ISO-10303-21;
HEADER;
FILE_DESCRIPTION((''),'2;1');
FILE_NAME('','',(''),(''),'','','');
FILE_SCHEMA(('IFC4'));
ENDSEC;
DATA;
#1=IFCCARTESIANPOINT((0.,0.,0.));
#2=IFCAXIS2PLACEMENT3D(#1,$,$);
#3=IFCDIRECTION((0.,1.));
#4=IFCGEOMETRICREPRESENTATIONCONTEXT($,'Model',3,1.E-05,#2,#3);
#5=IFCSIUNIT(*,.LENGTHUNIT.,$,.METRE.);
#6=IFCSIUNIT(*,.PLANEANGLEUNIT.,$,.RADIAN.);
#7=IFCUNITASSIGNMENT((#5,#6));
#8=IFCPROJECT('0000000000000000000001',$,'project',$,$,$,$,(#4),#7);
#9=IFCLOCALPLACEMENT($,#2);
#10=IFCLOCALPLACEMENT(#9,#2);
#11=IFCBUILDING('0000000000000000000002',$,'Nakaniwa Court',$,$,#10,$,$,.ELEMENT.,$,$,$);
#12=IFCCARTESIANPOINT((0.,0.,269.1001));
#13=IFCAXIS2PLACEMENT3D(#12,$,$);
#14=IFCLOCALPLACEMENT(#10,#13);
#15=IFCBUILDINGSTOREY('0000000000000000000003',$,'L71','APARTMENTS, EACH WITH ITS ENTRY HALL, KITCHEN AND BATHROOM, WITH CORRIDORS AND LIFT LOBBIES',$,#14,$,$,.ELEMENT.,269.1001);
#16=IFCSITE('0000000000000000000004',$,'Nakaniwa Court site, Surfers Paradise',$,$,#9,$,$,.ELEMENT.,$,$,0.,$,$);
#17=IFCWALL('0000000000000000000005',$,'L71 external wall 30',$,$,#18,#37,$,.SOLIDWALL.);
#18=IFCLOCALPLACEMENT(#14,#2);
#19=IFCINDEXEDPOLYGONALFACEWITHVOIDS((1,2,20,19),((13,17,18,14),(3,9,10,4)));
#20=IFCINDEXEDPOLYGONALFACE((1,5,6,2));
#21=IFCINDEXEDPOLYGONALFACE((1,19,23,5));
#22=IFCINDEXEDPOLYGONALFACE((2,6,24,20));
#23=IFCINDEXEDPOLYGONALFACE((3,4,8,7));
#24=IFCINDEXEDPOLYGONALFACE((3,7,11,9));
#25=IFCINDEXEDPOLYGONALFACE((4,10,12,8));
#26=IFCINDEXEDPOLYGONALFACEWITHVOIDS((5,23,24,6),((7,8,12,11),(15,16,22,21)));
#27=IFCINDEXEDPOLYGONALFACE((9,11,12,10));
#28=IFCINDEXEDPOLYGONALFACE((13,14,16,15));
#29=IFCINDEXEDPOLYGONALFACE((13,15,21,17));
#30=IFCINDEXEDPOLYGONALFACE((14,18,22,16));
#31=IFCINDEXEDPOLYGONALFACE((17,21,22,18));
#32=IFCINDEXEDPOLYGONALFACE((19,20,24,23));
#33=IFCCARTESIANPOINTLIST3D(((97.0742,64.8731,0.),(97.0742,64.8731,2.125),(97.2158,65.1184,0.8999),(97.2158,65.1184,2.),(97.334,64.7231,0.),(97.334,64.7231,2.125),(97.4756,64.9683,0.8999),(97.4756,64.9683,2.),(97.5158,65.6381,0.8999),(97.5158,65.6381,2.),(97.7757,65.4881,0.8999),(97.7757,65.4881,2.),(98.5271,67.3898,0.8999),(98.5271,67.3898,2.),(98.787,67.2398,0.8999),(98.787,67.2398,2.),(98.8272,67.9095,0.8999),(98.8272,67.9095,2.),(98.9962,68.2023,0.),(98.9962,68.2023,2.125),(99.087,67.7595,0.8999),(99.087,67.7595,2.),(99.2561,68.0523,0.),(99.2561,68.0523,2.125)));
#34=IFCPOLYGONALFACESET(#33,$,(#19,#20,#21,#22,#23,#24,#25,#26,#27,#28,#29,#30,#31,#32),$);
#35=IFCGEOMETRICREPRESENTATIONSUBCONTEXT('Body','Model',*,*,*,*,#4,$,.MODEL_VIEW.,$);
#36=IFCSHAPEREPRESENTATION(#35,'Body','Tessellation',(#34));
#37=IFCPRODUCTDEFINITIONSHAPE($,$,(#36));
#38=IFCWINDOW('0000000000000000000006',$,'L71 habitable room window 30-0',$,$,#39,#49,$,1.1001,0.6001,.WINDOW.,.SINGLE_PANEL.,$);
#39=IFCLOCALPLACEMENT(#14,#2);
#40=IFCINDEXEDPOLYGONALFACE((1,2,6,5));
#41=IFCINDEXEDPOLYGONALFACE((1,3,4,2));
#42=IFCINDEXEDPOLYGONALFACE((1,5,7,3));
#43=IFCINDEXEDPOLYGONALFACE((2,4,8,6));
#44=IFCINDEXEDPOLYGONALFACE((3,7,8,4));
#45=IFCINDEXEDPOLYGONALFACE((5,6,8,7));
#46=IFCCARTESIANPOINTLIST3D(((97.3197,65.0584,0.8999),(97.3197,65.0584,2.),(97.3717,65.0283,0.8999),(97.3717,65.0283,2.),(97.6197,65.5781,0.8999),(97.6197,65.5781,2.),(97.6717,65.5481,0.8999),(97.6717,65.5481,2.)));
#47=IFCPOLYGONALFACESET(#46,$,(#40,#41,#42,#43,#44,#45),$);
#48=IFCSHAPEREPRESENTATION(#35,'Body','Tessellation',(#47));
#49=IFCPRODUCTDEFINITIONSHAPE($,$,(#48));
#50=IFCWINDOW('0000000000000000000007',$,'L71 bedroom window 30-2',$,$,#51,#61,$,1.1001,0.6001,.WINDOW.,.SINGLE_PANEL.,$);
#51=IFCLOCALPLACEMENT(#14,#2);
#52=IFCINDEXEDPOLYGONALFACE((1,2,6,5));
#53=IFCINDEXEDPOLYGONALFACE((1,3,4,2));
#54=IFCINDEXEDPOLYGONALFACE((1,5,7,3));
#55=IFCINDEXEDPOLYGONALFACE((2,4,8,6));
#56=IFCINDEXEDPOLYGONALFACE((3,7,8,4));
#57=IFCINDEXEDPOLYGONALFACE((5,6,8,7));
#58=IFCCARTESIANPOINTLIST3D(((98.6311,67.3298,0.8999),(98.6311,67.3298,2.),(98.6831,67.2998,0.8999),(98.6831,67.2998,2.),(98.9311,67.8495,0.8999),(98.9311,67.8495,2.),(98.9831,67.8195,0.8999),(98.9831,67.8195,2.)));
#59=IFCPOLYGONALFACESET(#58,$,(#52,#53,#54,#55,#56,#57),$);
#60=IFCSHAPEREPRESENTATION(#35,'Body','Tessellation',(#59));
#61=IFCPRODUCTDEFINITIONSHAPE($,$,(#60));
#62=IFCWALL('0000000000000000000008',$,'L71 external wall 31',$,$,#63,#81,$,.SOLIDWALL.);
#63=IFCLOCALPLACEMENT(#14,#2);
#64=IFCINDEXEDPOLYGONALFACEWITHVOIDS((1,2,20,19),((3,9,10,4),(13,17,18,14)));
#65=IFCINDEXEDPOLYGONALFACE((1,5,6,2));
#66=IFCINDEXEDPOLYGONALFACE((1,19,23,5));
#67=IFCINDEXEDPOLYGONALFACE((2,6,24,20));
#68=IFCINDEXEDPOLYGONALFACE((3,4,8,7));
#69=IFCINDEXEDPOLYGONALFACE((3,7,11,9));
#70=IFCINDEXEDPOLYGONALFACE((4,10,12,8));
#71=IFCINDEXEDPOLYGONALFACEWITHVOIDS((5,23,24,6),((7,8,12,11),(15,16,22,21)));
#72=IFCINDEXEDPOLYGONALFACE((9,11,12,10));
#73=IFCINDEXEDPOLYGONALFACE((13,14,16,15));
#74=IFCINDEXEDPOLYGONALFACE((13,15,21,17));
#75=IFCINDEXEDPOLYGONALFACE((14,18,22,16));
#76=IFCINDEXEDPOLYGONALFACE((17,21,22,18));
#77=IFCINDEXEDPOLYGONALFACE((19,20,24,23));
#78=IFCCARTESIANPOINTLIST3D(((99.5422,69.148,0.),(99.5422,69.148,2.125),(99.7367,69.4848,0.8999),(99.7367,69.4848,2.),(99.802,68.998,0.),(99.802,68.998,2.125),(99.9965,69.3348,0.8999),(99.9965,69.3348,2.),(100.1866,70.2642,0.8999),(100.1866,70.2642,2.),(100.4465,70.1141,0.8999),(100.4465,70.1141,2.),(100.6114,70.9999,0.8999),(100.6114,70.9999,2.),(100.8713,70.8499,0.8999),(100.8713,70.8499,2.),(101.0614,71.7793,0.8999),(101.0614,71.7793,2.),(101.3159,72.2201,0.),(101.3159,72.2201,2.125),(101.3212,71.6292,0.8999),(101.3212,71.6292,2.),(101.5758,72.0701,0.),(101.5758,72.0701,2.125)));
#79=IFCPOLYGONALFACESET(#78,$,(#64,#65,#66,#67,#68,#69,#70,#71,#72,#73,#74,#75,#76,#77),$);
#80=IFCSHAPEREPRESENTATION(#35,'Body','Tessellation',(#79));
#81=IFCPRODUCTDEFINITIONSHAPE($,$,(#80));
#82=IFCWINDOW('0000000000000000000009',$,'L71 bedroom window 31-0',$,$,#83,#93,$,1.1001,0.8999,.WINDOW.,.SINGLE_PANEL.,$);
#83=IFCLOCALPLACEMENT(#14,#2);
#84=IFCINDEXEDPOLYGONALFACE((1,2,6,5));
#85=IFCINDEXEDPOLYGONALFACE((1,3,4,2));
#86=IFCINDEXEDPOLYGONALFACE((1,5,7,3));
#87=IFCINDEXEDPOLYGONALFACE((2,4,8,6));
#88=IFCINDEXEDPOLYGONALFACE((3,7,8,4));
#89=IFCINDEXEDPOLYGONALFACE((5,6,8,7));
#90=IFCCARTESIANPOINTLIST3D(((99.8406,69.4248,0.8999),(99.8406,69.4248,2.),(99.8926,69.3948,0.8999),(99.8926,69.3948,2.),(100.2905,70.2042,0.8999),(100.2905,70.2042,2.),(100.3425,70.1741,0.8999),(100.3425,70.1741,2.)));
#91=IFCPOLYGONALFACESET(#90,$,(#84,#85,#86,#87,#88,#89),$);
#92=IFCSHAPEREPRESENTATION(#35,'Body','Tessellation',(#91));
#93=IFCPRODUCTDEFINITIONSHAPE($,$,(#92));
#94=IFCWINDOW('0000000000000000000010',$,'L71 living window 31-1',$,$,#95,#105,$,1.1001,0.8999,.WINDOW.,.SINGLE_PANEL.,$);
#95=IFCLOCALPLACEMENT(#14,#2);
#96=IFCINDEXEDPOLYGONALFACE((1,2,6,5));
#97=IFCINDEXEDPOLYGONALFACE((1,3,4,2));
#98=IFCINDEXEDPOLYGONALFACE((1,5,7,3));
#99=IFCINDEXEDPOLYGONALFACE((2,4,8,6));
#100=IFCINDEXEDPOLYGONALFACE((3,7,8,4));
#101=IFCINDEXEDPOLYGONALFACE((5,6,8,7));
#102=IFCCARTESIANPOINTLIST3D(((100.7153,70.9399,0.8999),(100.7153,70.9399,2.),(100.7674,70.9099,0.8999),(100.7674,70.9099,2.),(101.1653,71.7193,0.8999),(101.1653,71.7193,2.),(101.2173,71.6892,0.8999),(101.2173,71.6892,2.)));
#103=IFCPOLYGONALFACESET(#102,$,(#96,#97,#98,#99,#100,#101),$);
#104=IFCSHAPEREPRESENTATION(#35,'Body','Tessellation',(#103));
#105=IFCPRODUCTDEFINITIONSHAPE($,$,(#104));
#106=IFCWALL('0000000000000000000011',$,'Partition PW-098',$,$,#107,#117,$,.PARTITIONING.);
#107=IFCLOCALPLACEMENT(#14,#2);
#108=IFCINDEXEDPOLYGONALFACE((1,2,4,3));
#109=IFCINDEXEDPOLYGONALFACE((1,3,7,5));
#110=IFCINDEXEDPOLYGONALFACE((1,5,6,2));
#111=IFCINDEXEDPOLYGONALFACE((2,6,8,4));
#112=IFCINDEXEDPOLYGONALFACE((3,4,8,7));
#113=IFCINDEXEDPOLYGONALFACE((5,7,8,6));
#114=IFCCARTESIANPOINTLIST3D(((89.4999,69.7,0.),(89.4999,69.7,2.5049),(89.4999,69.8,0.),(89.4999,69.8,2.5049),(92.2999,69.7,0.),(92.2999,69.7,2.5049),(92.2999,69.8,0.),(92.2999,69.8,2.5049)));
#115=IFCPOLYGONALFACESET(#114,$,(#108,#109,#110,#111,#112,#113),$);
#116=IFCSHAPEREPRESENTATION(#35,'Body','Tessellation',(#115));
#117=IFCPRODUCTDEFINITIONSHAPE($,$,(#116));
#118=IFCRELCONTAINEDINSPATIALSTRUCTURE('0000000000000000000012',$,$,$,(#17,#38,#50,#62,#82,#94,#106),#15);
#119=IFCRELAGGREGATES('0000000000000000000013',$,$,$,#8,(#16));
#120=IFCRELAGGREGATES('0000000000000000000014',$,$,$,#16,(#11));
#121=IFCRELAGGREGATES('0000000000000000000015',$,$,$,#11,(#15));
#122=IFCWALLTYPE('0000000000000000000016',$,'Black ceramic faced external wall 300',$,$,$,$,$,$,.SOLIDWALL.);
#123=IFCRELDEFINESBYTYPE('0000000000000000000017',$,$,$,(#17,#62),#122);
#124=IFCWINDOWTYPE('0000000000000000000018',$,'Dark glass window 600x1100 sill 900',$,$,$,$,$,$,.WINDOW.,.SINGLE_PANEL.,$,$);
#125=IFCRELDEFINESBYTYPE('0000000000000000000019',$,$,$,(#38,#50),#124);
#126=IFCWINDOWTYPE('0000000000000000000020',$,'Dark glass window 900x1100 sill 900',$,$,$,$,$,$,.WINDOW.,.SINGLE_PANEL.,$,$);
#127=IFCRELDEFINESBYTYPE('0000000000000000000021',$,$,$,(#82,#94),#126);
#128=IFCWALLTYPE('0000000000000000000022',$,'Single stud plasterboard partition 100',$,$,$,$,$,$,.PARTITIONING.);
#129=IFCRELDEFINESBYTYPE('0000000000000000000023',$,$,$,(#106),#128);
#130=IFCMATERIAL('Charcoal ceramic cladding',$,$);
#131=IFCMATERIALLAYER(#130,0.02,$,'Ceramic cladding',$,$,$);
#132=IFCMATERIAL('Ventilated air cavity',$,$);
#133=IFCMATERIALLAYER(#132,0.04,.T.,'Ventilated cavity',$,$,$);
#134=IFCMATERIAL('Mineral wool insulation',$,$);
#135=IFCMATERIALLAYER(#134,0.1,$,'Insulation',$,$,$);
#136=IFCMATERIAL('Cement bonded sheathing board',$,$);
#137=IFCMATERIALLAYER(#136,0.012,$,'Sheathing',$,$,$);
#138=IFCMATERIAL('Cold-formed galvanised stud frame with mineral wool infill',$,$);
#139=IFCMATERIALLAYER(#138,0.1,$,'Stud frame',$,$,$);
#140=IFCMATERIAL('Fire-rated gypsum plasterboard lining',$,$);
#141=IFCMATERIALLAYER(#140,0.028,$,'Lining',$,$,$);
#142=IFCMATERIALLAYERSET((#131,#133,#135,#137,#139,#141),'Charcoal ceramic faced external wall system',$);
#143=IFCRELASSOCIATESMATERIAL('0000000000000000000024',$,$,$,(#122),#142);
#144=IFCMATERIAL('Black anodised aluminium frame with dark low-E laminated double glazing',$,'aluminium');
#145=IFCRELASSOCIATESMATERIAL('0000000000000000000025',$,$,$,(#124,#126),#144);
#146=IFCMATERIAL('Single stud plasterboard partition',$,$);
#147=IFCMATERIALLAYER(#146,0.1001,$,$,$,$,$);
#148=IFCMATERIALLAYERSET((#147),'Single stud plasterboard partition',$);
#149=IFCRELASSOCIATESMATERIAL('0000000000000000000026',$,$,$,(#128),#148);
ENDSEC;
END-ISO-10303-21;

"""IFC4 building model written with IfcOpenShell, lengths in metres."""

from ifc_helpers import new_model, si_unit, direction, frame, frame_2d, origin, place, context, subcontext, project, spatial, rectangle, extrude, material, layer, layer_set, type_object, element, fill, save


model = new_model("IFC4")

# Units and contexts
model_context = context("Model", 3, precision=1e-05, world=origin(), true_north=direction((0.0, 1.0)))
body_context = subcontext(model_context, "Body", "Model", "MODEL_VIEW")
ifc_project = project(units=[si_unit("LENGTHUNIT", "METRE"), si_unit("PLANEANGLEUNIT", "RADIAN")], contexts=[model_context])

# Site, building, storey
site_placement = place(None, origin())
site = spatial("IfcSite", under=ifc_project, at=site_placement, Name="Nakaniwa Court site, Surfers Paradise", CompositionType="ELEMENT", RefElevation=0.0)
building_placement = place(site_placement, origin())
building = spatial("IfcBuilding", under=site, at=building_placement, Name="Nakaniwa Court", CompositionType="ELEMENT")
storey_placement = place(building_placement, frame((0.0, 0.0, 269.1001)))
storey = spatial("IfcBuildingStorey", under=building, at=storey_placement, Name="L71", Description="APARTMENTS, EACH WITH ITS ENTRY HALL, KITCHEN AND BATHROOM, WITH CORRIDORS AND LIFT LOBBIES", CompositionType="ELEMENT", Elevation=269.1001)

# Shared definitions
ifc_material_1 = material(Name="Charcoal ceramic cladding")
ifc_layer_1 = layer(ifc_material_1, 0.02, Name="Ceramic cladding")
ifc_material_2 = material(Name="Ventilated air cavity")
ifc_layer_2 = layer(ifc_material_2, 0.04, ventilated=True, Name="Ventilated cavity")
ifc_material_3 = material(Name="Mineral wool insulation")
ifc_layer_3 = layer(ifc_material_3, 0.1, Name="Insulation")
ifc_material_4 = material(Name="Cement bonded sheathing board")
ifc_layer_4 = layer(ifc_material_4, 0.012, Name="Sheathing")
ifc_material_5 = material(Name="Cold-formed galvanised stud frame with mineral wool infill")
ifc_layer_5 = layer(ifc_material_5, 0.1, Name="Stud frame")
ifc_material_6 = material(Name="Fire-rated gypsum plasterboard lining")
ifc_layer_6 = layer(ifc_material_6, 0.028, Name="Lining")
ifc_layer_set_1 = layer_set([ifc_layer_1, ifc_layer_2, ifc_layer_3, ifc_layer_4, ifc_layer_5, ifc_layer_6], Name="Charcoal ceramic faced external wall system")
wall_type_1 = type_object("IfcWallType", Name="Black ceramic faced external wall 300", PredefinedType="SOLIDWALL", material=ifc_layer_set_1)
ifc_material_7 = material(Name="Black anodised aluminium frame with dark low-E laminated double glazing", Category="aluminium")

# Walls, openings, windows
wall_1_placement = place(storey_placement, frame((97.2041, 64.7981, 0.0), z_axis=(0.0, 0.0, 1.0), x_axis=(0.499984, 0.866034, 0.0)))
wall_1 = element("IfcWall", 1, at=wall_1_placement, inside=storey, type_object=wall_type_1, Name="L71 external wall 30", PredefinedType="SOLIDWALL", context=body_context, shape_type="SweptSolid", body=[
    extrude(rectangle(XDim=3.8442, YDim=0.3, at=frame_2d((1.9221, 0.0))), origin(), (0.0, 0.0, 1.0), 2.125),
])
opening_1_placement = place(wall_1_placement, frame((0.2832, 0.0, 0.8999)))
opening_1 = element("IfcOpeningElement", 2, at=opening_1_placement, cuts=wall_1, PredefinedType="OPENING", context=body_context, shape_type="SweptSolid", body=[
    extrude(rectangle(XDim=0.6001, YDim=1.1001, at=frame_2d((0.3, 0.55))), frame((0.0, 0.1599, 0.0), z_axis=(0.0, -1.0, 0.0), x_axis=(1.0, 0.0, 0.0)), (0.0, 0.0, 1.0), 0.3201),
])
opening_2_placement = place(wall_1_placement, frame((2.906, 0.0, 0.8999)))
opening_2 = element("IfcOpeningElement", 3, at=opening_2_placement, cuts=wall_1, PredefinedType="OPENING", context=body_context, shape_type="SweptSolid", body=[
    extrude(rectangle(XDim=0.6001, YDim=1.1001, at=frame_2d((0.3, 0.55))), frame((0.0, 0.1599, 0.0), z_axis=(0.0, -1.0, 0.0), x_axis=(1.0, 0.0, 0.0)), (0.0, 0.0, 1.0), 0.3201),
])
window_type_1 = type_object("IfcWindowType", Name="Dark glass window 600x1100 sill 900", PartitioningType="SINGLE_PANEL", PredefinedType="WINDOW", material=ifc_material_7)
window_1_placement = place(opening_1_placement, origin())
window_1 = element("IfcWindow", 4, at=window_1_placement, inside=storey, type_object=window_type_1, Name="L71 habitable room window 30-0", OverallHeight=1.1001, OverallWidth=0.6001, PartitioningType="SINGLE_PANEL", PredefinedType="WINDOW", context=body_context, shape_type="SweptSolid", body=[
    extrude(rectangle(XDim=0.6001, YDim=1.1001, at=frame_2d((0.3, 0.55))), frame((0.0, 0.03, 0.0), z_axis=(0.0, -1.0, 0.0), x_axis=(1.0, 0.0, 0.0)), (0.0, 0.0, 1.0), 0.0601),
])
fill(opening_1, window_1)
window_2_placement = place(opening_2_placement, origin())
window_2 = element("IfcWindow", 5, at=window_2_placement, inside=storey, type_object=window_type_1, Name="L71 bedroom window 30-2", OverallHeight=1.1001, OverallWidth=0.6001, PartitioningType="SINGLE_PANEL", PredefinedType="WINDOW", context=body_context, shape_type="SweptSolid", body=[
    extrude(rectangle(XDim=0.6001, YDim=1.1001, at=frame_2d((0.3, 0.55))), frame((0.0, 0.03, 0.0), z_axis=(0.0, -1.0, 0.0), x_axis=(1.0, 0.0, 0.0)), (0.0, 0.0, 1.0), 0.0601),
])
fill(opening_2, window_2)
wall_2_placement = place(storey_placement, frame((99.6721, 69.073, 0.0), z_axis=(0.0, 0.0, 1.0), x_axis=(0.50001, 0.866019, 0.0)))
wall_2 = element("IfcWall", 6, at=wall_2_placement, inside=storey, type_object=wall_type_1, Name="L71 external wall 31", PredefinedType="SOLIDWALL", context=body_context, shape_type="SweptSolid", body=[
    extrude(rectangle(XDim=3.5474, YDim=0.3, at=frame_2d((1.7737, 0.0))), origin(), (0.0, 0.0, 1.0), 2.125),
])
opening_3_placement = place(wall_2_placement, frame((0.3889, 0.0, 0.8999)))
opening_3 = element("IfcOpeningElement", 7, at=opening_3_placement, cuts=wall_2, PredefinedType="OPENING", context=body_context, shape_type="SweptSolid", body=[
    extrude(rectangle(XDim=0.8999, YDim=1.1001, at=frame_2d((0.45, 0.55))), frame((0.0, 0.1599, 0.0), z_axis=(0.0, -1.0, 0.0), x_axis=(1.0, 0.0, 0.0)), (0.0, 0.0, 1.0), 0.3201),
])
opening_4_placement = place(wall_2_placement, frame((2.1384, 0.0, 0.8999)))
opening_4 = element("IfcOpeningElement", 8, at=opening_4_placement, cuts=wall_2, PredefinedType="OPENING", context=body_context, shape_type="SweptSolid", body=[
    extrude(rectangle(XDim=0.8999, YDim=1.1001, at=frame_2d((0.45, 0.55))), frame((0.0, 0.1599, 0.0), z_axis=(0.0, -1.0, 0.0), x_axis=(1.0, 0.0, 0.0)), (0.0, 0.0, 1.0), 0.3201),
])
window_type_2 = type_object("IfcWindowType", Name="Dark glass window 900x1100 sill 900", PartitioningType="SINGLE_PANEL", PredefinedType="WINDOW", material=ifc_material_7)
window_3_placement = place(opening_3_placement, origin())
window_3 = element("IfcWindow", 9, at=window_3_placement, inside=storey, type_object=window_type_2, Name="L71 bedroom window 31-0", OverallHeight=1.1001, OverallWidth=0.8999, PartitioningType="SINGLE_PANEL", PredefinedType="WINDOW", context=body_context, shape_type="SweptSolid", body=[
    extrude(rectangle(XDim=0.8999, YDim=1.1001, at=frame_2d((0.45, 0.55))), frame((0.0, 0.03, 0.0), z_axis=(0.0, -1.0, 0.0), x_axis=(1.0, 0.0, 0.0)), (0.0, 0.0, 1.0), 0.0601),
])
fill(opening_3, window_3)
window_4_placement = place(opening_4_placement, origin())
window_4 = element("IfcWindow", 10, at=window_4_placement, inside=storey, type_object=window_type_2, Name="L71 living window 31-1", OverallHeight=1.1001, OverallWidth=0.8999, PartitioningType="SINGLE_PANEL", PredefinedType="WINDOW", context=body_context, shape_type="SweptSolid", body=[
    extrude(rectangle(XDim=0.8999, YDim=1.1001, at=frame_2d((0.45, 0.55))), frame((0.0, 0.03, 0.0), z_axis=(0.0, -1.0, 0.0), x_axis=(1.0, 0.0, 0.0)), (0.0, 0.0, 1.0), 0.0601),
])
fill(opening_4, window_4)

# Wall
ifc_material_8 = material(Name="Single stud plasterboard partition")
ifc_layer_7 = layer(ifc_material_8, 0.1001)
ifc_layer_set_2 = layer_set([ifc_layer_7], Name="Single stud plasterboard partition")
wall_type_2 = type_object("IfcWallType", Name="Single stud plasterboard partition 100", PredefinedType="PARTITIONING", material=ifc_layer_set_2)
wall_3_placement = place(storey_placement, frame((89.5, 69.75, 0.0), z_axis=(0.0, 0.0, 1.0), x_axis=(1.0, 0.0, 0.0)))
element("IfcWall", 11, at=wall_3_placement, inside=storey, type_object=wall_type_2, Name="Partition PW-098", PredefinedType="PARTITIONING", context=body_context, shape_type="SweptSolid", body=[
    extrude(rectangle(XDim=2.8, YDim=0.1001, at=frame_2d((1.3999, 0.0))), origin(), (0.0, 0.0, 1.0), 2.5049),
])

save(model, "model.ifc")
